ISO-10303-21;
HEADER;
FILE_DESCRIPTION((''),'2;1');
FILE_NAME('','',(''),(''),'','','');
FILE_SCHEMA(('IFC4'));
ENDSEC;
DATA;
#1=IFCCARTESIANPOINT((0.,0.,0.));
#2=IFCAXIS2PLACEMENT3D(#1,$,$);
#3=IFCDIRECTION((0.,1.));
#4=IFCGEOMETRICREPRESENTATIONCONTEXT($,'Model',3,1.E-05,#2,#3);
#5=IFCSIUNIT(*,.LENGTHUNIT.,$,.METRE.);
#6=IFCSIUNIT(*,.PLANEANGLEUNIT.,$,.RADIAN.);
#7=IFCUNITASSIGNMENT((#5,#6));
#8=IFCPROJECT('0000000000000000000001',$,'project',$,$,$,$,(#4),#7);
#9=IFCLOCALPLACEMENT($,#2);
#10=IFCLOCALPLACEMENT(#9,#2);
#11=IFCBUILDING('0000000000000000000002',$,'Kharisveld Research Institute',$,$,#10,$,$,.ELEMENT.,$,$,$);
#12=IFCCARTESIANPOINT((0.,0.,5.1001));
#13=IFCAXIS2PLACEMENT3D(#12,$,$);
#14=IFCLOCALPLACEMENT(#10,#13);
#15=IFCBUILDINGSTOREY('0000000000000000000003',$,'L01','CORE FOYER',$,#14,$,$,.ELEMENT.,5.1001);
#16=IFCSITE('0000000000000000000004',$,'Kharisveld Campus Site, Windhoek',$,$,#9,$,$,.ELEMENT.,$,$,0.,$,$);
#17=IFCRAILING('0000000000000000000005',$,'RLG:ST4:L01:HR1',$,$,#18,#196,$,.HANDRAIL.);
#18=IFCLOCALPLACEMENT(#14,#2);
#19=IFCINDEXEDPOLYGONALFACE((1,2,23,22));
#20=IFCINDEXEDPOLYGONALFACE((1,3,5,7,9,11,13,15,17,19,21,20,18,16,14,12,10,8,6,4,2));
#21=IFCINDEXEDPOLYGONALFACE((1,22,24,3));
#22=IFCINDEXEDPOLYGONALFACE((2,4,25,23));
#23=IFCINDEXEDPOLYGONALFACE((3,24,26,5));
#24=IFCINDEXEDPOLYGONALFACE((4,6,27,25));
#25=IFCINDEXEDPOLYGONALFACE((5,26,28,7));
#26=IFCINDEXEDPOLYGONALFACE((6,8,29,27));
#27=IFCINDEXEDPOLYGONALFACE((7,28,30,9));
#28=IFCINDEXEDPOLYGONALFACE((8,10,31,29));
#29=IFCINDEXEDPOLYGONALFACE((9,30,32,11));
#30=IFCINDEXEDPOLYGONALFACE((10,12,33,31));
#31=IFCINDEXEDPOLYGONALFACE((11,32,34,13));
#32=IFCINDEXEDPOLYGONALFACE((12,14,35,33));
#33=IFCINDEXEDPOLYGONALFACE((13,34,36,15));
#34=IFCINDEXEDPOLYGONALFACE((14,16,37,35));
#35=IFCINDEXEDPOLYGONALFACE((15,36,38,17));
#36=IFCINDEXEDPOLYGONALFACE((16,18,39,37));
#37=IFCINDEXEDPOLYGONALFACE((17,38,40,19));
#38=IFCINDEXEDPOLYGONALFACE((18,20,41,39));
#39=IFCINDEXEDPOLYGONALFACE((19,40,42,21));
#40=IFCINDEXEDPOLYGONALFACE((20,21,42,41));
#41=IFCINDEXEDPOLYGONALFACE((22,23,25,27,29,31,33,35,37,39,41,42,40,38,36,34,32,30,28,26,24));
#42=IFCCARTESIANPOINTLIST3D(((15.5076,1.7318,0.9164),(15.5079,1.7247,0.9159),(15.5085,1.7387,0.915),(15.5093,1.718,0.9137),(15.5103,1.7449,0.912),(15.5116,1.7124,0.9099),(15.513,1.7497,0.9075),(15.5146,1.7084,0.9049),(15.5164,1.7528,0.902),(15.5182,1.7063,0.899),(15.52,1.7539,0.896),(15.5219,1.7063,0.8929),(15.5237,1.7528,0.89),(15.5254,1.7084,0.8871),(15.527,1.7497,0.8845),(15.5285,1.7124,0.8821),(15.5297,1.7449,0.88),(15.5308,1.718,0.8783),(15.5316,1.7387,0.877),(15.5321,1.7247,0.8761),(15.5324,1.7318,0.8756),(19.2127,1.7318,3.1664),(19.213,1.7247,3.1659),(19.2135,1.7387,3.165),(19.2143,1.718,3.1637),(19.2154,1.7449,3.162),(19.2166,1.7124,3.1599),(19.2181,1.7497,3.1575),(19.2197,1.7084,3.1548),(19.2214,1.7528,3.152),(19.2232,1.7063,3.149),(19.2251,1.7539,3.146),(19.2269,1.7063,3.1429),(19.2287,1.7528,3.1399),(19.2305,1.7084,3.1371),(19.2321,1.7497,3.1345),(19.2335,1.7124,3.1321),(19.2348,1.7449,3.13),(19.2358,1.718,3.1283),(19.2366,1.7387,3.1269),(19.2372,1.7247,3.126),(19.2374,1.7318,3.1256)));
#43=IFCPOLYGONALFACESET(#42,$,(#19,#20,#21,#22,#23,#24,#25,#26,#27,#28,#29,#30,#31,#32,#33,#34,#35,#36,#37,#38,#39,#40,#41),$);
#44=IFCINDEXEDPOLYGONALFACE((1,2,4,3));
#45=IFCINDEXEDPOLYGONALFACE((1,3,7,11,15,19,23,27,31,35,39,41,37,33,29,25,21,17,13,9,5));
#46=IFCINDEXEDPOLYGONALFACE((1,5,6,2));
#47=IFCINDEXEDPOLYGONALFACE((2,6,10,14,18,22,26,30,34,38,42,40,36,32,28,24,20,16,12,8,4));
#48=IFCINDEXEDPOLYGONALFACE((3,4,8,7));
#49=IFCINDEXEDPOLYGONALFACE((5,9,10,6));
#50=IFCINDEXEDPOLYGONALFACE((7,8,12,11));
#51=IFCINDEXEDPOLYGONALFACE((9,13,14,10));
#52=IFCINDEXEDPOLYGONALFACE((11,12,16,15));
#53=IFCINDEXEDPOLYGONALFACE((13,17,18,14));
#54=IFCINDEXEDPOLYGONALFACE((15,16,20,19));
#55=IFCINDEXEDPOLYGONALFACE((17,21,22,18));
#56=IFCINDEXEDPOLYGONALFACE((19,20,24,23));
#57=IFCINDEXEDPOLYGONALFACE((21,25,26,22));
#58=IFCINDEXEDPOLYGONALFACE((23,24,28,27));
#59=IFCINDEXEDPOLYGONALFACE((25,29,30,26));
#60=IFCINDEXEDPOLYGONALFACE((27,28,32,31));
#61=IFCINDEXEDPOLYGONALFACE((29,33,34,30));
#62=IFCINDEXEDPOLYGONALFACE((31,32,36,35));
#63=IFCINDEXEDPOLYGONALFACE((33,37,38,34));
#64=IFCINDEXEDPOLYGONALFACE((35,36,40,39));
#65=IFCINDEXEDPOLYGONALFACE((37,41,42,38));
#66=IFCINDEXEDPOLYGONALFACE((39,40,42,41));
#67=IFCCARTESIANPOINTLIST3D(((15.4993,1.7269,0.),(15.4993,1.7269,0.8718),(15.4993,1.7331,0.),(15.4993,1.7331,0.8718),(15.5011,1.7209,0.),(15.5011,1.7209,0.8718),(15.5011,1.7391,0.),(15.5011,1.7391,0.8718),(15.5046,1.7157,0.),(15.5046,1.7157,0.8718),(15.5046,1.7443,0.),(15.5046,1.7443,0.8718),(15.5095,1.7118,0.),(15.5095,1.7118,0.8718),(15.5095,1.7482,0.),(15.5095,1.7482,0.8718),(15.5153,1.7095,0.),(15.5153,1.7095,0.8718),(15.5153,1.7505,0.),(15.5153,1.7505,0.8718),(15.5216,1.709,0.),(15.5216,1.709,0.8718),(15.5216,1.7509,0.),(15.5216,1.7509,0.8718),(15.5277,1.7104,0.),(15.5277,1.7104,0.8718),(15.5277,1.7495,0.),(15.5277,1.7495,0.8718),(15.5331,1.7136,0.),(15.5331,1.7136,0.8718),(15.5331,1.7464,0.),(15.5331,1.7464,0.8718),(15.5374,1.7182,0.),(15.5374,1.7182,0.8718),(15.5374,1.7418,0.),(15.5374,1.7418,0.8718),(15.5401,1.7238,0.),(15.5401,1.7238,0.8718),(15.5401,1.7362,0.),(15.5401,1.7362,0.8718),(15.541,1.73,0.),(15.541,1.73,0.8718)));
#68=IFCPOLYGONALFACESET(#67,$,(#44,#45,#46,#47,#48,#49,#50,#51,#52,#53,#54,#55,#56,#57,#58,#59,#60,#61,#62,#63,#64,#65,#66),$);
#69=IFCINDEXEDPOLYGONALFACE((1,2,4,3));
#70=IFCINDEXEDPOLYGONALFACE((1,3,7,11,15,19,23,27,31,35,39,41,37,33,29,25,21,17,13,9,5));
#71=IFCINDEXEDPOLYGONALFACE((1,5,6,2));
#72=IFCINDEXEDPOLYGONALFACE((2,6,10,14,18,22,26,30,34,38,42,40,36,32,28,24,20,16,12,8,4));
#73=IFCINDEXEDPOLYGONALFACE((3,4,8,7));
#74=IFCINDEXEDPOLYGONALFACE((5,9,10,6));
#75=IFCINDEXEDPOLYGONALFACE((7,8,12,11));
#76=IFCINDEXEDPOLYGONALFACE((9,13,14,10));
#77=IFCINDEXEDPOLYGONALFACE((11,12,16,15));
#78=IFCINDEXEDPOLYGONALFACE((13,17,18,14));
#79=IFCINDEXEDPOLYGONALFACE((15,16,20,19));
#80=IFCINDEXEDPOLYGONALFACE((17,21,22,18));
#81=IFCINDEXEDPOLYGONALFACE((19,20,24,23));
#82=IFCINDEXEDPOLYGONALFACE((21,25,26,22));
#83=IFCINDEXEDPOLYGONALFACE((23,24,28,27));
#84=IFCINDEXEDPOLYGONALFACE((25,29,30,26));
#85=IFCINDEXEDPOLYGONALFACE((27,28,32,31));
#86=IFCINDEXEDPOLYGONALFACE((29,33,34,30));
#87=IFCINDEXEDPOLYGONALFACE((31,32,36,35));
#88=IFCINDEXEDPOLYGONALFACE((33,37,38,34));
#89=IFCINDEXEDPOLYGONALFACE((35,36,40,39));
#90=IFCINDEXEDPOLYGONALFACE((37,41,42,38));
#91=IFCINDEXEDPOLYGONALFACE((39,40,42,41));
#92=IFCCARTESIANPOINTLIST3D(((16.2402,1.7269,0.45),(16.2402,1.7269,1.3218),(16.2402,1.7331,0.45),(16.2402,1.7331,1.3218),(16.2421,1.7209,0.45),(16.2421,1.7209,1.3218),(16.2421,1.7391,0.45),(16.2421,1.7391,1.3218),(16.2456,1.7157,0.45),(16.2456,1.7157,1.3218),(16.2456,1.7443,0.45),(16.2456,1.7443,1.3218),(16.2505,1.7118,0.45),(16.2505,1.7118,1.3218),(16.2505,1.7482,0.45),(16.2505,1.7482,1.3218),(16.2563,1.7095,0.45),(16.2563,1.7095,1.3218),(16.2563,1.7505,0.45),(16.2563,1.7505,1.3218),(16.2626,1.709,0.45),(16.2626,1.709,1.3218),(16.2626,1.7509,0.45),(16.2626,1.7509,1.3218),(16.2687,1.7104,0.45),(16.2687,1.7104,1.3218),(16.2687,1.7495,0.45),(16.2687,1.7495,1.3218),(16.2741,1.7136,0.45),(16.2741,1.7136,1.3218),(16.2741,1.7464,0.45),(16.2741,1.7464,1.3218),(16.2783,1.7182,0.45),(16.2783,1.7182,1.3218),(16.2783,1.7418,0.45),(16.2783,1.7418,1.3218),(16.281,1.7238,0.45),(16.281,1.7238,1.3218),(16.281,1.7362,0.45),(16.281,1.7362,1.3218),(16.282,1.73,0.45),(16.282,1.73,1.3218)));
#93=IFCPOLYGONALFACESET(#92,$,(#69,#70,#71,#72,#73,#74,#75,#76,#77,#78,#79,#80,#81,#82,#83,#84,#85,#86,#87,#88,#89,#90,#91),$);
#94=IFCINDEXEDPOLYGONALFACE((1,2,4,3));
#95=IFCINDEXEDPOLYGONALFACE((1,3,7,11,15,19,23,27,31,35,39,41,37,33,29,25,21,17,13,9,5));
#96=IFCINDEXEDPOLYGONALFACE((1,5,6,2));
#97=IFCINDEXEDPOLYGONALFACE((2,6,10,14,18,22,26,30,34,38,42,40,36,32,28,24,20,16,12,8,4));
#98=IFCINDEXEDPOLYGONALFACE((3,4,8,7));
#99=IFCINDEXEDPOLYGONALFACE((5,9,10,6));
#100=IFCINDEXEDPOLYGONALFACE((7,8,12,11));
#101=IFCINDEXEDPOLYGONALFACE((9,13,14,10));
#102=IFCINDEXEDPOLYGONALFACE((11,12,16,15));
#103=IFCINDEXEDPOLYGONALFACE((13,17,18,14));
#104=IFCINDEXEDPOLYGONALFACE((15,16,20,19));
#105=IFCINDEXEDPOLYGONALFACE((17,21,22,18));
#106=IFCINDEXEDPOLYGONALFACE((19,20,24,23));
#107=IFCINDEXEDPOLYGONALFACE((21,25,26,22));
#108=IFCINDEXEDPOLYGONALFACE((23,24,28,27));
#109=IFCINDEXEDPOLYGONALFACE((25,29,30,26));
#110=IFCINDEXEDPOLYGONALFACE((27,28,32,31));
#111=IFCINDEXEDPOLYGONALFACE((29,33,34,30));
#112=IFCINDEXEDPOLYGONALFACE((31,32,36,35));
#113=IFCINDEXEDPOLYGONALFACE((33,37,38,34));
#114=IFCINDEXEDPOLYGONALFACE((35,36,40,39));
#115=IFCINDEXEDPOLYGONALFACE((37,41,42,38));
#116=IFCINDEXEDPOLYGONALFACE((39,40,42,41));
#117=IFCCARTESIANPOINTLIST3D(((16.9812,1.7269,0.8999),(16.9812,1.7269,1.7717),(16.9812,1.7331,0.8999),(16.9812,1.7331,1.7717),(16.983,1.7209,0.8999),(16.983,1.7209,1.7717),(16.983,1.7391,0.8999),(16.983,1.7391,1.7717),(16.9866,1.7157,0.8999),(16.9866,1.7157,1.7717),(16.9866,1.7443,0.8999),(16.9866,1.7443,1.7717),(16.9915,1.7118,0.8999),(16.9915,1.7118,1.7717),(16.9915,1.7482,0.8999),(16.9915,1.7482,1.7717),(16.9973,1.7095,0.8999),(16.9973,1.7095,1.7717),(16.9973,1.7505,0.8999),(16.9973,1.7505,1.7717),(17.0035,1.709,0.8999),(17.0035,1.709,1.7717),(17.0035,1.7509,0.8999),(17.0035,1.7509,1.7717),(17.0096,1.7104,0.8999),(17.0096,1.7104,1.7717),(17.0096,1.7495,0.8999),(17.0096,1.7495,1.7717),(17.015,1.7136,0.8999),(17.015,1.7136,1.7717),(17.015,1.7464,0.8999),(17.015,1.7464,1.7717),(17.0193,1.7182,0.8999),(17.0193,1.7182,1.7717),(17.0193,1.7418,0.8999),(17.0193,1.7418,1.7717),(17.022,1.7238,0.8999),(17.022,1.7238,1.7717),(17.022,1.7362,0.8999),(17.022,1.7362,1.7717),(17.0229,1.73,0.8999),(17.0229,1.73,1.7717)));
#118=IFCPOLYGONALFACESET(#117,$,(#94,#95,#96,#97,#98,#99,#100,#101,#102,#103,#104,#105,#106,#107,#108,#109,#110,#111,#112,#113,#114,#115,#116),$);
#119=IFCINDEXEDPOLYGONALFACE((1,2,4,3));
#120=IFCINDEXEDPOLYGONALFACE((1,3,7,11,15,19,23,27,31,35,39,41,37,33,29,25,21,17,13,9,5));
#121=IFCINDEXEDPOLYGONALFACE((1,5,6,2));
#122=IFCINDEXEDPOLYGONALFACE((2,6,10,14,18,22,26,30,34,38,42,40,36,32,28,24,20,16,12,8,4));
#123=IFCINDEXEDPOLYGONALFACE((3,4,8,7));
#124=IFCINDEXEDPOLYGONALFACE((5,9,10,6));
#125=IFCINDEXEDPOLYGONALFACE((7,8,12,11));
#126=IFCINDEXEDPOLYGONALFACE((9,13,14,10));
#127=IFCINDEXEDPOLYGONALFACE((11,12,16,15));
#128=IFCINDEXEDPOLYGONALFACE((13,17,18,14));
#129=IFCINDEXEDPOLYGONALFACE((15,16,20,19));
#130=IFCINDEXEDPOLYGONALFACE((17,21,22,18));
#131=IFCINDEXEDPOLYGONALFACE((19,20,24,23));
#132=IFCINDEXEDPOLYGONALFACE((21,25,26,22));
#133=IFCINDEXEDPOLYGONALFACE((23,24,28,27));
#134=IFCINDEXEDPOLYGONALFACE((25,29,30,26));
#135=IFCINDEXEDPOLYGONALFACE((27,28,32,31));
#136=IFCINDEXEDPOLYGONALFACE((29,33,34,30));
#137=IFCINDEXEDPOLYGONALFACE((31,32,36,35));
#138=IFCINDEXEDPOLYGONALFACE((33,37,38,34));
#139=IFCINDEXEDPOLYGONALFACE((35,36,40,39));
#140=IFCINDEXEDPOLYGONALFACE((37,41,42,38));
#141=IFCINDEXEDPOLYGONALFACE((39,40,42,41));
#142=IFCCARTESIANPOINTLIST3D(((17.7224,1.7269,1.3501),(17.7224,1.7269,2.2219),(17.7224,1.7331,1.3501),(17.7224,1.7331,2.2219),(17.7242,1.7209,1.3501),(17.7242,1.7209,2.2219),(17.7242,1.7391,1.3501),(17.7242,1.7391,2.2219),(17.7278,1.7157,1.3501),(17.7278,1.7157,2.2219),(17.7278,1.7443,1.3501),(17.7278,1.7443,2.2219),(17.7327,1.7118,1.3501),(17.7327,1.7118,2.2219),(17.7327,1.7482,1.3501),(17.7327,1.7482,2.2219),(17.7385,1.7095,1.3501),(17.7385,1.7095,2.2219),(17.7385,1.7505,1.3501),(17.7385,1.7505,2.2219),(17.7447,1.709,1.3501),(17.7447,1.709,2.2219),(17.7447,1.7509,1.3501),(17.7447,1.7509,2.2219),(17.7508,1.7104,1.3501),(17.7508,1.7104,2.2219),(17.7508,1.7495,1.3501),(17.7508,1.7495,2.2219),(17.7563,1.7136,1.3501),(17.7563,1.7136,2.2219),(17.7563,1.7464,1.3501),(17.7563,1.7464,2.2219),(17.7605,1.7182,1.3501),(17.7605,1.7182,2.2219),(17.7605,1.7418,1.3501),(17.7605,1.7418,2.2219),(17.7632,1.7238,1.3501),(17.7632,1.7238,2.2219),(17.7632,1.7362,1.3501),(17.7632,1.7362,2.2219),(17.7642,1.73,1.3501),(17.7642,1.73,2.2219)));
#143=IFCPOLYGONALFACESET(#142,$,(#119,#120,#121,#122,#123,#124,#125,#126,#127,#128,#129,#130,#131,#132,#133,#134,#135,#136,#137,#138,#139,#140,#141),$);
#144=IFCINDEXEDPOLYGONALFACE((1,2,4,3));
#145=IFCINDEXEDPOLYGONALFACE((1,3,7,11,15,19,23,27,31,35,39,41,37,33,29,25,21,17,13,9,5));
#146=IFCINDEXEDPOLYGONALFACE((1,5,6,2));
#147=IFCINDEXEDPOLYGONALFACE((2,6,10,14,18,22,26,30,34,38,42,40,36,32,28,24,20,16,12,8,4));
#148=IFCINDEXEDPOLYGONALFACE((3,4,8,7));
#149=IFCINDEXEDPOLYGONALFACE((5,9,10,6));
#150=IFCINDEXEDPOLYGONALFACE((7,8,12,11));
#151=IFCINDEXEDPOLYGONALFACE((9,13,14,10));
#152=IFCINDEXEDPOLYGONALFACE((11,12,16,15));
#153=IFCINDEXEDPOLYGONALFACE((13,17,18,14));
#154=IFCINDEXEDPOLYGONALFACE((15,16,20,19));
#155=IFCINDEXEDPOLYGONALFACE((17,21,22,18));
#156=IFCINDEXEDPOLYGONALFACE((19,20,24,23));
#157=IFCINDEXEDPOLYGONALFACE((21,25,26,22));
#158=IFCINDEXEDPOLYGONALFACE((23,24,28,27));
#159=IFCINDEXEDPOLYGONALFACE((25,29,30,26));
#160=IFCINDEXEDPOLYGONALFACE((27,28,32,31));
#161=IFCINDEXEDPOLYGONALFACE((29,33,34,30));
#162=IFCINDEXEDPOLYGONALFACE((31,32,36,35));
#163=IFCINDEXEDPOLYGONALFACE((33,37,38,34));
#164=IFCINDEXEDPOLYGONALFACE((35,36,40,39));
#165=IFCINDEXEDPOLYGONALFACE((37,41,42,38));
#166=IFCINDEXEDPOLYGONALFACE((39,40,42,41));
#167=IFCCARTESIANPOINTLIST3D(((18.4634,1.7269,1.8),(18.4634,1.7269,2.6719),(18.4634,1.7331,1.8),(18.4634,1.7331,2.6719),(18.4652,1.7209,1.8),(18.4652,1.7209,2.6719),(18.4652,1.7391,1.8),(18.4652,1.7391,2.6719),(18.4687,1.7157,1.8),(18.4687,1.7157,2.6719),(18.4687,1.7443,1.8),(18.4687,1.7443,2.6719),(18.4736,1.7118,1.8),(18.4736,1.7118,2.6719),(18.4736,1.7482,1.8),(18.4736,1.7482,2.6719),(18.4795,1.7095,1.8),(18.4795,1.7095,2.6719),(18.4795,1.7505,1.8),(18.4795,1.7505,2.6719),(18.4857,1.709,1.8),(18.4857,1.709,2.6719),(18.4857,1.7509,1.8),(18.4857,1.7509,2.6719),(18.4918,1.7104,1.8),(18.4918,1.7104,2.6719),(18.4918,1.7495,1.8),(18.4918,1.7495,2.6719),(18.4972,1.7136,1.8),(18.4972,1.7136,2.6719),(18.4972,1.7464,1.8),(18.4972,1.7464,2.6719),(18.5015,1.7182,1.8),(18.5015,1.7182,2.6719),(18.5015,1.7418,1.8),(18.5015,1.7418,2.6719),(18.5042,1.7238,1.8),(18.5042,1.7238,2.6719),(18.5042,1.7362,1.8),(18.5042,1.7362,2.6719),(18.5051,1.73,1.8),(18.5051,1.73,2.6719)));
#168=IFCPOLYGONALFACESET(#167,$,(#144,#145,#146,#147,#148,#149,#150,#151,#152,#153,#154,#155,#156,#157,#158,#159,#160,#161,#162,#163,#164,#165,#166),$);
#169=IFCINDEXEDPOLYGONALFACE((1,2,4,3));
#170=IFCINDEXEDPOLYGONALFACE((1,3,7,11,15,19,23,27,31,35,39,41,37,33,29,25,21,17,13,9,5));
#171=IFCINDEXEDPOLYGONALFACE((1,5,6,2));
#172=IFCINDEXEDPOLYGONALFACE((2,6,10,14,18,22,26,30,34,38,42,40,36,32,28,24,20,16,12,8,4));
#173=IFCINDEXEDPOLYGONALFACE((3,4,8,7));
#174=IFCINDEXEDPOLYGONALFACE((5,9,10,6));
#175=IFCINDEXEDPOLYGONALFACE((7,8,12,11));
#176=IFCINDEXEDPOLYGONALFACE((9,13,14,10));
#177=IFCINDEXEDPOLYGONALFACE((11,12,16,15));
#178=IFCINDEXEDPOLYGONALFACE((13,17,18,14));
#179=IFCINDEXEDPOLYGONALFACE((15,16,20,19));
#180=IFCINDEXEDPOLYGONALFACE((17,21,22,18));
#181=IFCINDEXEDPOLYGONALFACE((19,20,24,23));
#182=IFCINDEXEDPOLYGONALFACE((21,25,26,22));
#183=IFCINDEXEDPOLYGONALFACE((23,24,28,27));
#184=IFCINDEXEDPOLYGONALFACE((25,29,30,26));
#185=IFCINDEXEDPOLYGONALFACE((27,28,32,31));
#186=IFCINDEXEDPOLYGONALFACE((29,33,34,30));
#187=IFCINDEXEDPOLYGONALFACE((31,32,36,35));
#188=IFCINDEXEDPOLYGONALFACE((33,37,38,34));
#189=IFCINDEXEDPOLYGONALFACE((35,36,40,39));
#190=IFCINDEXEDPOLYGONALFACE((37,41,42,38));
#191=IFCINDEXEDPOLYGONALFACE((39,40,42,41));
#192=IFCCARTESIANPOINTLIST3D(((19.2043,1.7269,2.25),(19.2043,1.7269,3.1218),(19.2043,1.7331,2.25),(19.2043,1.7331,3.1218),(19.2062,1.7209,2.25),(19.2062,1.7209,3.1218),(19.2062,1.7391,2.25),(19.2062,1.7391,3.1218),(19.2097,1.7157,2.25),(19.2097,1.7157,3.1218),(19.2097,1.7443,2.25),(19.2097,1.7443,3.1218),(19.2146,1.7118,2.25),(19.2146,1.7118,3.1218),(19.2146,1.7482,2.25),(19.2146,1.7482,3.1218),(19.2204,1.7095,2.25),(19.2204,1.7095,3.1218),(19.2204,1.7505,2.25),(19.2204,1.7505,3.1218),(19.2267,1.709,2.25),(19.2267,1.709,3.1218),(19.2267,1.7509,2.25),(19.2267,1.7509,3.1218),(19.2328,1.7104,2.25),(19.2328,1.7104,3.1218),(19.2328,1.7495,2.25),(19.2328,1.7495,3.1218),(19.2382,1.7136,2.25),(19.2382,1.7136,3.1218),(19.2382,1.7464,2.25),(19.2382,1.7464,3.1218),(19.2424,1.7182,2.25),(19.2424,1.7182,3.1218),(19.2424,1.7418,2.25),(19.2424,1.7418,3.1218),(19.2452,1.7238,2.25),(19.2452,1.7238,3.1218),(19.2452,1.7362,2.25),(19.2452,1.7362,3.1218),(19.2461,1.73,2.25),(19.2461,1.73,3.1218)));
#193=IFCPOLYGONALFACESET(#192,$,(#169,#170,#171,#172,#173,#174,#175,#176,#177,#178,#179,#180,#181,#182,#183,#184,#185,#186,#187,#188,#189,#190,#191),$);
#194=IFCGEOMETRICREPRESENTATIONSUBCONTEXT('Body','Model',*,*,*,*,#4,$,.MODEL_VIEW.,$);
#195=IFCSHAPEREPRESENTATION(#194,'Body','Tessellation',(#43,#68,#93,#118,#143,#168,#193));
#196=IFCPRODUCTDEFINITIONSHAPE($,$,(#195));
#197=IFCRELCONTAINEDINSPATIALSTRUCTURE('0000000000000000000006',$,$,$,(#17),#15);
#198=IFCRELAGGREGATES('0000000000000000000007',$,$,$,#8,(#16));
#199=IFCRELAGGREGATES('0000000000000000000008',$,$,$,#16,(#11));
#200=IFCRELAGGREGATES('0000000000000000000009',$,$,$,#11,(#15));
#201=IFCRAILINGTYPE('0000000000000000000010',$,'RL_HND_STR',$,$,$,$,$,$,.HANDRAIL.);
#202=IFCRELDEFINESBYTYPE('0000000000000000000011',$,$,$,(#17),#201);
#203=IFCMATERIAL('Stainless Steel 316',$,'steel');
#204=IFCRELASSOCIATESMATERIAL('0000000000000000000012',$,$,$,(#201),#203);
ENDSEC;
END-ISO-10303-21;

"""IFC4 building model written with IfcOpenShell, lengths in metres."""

from ifc_helpers import new_model, si_unit, direction, frame, origin, origin_2d, place, context, subcontext, project, spatial, circle, extrude, material, type_object, element, save


model = new_model("IFC4")

# Units and contexts
model_context = context("Model", 3, precision=1e-05, world=origin(), true_north=direction((0.0, 1.0)))
body_context = subcontext(model_context, "Body", "Model", "MODEL_VIEW")
ifc_project = project(units=[si_unit("LENGTHUNIT", "METRE"), si_unit("PLANEANGLEUNIT", "RADIAN")], contexts=[model_context])

# Site, building, storey
site_placement = place(None, origin())
site = spatial("IfcSite", under=ifc_project, at=site_placement, Name="Kharisveld Campus Site, Windhoek", CompositionType="ELEMENT", RefElevation=0.0)
building_placement = place(site_placement, origin())
building = spatial("IfcBuilding", under=site, at=building_placement, Name="Kharisveld Research Institute", CompositionType="ELEMENT")
storey_placement = place(building_placement, frame((0.0, 0.0, 5.1001)))
storey = spatial("IfcBuildingStorey", under=building, at=storey_placement, Name="L01", Description="CORE FOYER", CompositionType="ELEMENT", Elevation=5.1001)

# Railing
ifc_material_1 = material(Name="Stainless Steel 316", Category="steel")
railing_type_1 = type_object("IfcRailingType", Name="RL_HND_STR", PredefinedType="HANDRAIL", material=ifc_material_1)
railing_1_placement = place(storey_placement, frame((15.52, 1.73, 0.0)))
element("IfcRailing", 1, at=railing_1_placement, inside=storey, type_object=railing_type_1, Name="RLG:ST4:L01:HR1", PredefinedType="HANDRAIL", context=body_context, shape_type="SweptSolid", body=[
    extrude(circle(Radius=0.0239, at=origin_2d()), frame((0.0, 0.0, 0.896), z_axis=(0.854738, 0.0, 0.51906), x_axis=(0.0, 1.0, 0.0)), (0.0, 0.0, 1.0), 4.3347),
    extrude(circle(Radius=0.021, at=origin_2d()), origin(), (0.0, 0.0, 1.0), 0.8718),
    extrude(circle(Radius=0.021, at=origin_2d()), frame((0.741, 0.0, 0.45)), (0.0, 0.0, 1.0), 0.8718),
    extrude(circle(Radius=0.021, at=origin_2d()), frame((1.4819, 0.0, 0.8999)), (0.0, 0.0, 1.0), 0.8718),
    extrude(circle(Radius=0.021, at=origin_2d()), frame((2.2231, 0.0, 1.3501)), (0.0, 0.0, 1.0), 0.8718),
    extrude(circle(Radius=0.021, at=origin_2d()), frame((2.9641, 0.0, 1.8)), (0.0, 0.0, 1.0), 0.8718),
    extrude(circle(Radius=0.021, at=origin_2d()), frame((3.7051, 0.0, 2.25)), (0.0, 0.0, 1.0), 0.8718),
])

save(model, "model.ifc")
